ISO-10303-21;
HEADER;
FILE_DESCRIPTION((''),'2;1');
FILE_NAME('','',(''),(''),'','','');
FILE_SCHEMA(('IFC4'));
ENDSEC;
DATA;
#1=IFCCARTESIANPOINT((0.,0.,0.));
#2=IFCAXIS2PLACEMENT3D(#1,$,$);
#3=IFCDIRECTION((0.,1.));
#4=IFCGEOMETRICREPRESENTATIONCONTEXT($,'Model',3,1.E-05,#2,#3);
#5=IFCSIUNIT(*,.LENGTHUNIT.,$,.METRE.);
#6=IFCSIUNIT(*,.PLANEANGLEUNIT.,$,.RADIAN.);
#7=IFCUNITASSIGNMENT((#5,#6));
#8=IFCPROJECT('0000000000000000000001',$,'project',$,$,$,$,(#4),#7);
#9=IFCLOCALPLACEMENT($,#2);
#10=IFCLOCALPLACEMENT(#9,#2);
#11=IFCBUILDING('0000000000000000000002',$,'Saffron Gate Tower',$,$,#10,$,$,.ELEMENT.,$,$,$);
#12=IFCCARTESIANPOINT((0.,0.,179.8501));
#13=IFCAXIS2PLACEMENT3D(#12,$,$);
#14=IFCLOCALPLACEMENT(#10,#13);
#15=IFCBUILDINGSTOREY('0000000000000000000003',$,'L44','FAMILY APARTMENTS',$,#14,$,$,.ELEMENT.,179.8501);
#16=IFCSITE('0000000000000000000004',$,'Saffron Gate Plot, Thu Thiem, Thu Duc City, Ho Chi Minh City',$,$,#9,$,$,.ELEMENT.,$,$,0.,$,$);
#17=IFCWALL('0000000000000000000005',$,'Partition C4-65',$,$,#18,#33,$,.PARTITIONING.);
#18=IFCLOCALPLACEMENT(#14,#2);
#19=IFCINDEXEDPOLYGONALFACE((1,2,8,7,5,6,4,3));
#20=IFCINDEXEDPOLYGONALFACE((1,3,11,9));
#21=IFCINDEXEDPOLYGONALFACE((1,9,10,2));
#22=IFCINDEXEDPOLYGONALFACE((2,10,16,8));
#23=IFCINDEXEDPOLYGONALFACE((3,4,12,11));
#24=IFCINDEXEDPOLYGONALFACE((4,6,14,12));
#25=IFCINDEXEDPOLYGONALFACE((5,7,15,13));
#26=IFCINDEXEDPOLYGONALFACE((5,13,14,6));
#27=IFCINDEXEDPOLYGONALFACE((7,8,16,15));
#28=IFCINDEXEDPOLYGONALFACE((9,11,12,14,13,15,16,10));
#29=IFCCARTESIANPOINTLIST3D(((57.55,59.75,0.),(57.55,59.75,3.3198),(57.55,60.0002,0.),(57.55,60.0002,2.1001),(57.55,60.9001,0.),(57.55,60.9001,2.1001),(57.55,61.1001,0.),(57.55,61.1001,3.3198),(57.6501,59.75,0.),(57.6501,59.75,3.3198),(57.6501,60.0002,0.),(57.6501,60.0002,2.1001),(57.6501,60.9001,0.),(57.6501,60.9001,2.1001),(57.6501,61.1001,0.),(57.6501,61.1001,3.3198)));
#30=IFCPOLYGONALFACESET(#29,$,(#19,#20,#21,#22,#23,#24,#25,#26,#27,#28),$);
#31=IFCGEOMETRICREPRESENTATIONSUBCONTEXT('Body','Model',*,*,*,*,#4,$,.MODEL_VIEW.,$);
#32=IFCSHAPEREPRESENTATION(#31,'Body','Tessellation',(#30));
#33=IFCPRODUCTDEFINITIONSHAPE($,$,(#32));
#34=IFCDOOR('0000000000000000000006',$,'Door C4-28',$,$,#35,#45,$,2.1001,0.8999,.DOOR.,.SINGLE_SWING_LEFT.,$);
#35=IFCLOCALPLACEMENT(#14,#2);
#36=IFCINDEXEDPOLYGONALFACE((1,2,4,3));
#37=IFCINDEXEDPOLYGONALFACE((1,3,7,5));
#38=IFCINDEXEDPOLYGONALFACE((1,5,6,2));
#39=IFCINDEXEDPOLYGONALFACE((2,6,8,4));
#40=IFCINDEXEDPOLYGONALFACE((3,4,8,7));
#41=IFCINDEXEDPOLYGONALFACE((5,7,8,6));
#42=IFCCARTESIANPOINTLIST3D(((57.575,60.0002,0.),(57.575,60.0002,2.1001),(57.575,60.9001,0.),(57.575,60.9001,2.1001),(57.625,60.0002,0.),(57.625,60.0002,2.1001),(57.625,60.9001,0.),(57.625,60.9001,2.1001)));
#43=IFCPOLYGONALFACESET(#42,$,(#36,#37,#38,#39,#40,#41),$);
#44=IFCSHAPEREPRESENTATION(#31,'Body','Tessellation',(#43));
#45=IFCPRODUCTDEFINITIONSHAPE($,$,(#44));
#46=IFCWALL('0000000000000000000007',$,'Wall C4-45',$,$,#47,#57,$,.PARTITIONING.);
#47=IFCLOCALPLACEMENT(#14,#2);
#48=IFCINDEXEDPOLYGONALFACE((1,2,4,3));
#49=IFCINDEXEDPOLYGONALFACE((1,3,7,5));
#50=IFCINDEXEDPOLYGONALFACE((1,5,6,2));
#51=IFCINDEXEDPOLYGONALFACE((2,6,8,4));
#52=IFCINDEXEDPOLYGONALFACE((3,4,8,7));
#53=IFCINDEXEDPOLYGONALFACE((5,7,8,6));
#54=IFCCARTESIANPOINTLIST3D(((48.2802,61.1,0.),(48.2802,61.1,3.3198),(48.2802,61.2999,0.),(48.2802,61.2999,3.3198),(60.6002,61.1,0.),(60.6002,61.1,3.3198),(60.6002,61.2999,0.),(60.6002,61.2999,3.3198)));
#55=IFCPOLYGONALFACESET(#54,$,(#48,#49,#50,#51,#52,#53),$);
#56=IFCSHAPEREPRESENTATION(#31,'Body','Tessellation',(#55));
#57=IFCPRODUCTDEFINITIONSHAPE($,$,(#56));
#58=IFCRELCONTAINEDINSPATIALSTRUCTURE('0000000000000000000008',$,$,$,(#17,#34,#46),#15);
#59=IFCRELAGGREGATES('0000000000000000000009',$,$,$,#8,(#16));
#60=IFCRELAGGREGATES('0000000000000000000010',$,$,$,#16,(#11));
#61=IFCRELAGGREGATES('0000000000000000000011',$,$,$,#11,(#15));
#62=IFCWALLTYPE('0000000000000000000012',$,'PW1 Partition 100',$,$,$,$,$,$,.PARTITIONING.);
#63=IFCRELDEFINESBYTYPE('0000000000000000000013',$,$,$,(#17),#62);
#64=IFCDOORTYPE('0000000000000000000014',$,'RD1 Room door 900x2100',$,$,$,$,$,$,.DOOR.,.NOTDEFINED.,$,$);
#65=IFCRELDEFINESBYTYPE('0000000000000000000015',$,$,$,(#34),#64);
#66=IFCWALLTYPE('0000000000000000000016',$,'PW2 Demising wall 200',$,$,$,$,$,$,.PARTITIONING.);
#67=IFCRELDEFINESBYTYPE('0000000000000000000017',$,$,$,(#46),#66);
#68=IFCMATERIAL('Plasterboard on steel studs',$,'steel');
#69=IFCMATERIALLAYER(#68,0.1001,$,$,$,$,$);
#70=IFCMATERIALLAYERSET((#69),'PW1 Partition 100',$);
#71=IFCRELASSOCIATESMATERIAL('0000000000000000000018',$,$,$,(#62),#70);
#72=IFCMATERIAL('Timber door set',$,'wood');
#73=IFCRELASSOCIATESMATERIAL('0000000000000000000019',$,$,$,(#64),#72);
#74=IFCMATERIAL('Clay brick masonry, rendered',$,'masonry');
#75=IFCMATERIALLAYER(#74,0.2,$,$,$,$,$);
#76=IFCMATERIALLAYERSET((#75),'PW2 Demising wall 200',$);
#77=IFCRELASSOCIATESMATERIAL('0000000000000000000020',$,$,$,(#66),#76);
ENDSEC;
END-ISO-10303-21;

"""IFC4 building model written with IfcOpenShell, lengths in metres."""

from ifc_helpers import new_model, si_unit, direction, frame, frame_2d, origin, place, context, subcontext, project, spatial, rectangle, extrude, material, layer, layer_set, type_object, element, fill, save


model = new_model("IFC4")

# Units and contexts
model_context = context("Model", 3, precision=1e-05, world=origin(), true_north=direction((0.0, 1.0)))
body_context = subcontext(model_context, "Body", "Model", "MODEL_VIEW")
ifc_project = project(units=[si_unit("LENGTHUNIT", "METRE"), si_unit("PLANEANGLEUNIT", "RADIAN")], contexts=[model_context])

# Site, building, storey
site_placement = place(None, origin())
site = spatial("IfcSite", under=ifc_project, at=site_placement, Name="Saffron Gate Plot, Thu Thiem, Thu Duc City, Ho Chi Minh City", CompositionType="ELEMENT", RefElevation=0.0)
building_placement = place(site_placement, origin())
building = spatial("IfcBuilding", under=site, at=building_placement, Name="Saffron Gate Tower", CompositionType="ELEMENT")
storey_placement = place(building_placement, frame((0.0, 0.0, 179.8501)))
storey = spatial("IfcBuildingStorey", under=building, at=storey_placement, Name="L44", Description="FAMILY APARTMENTS", CompositionType="ELEMENT", Elevation=179.8501)

# Shared definitions
ifc_material_1 = material(Name="Plasterboard on steel studs", Category="steel")
ifc_layer_1 = layer(ifc_material_1, 0.1001)
ifc_layer_set_1 = layer_set([ifc_layer_1], Name="PW1 Partition 100")
wall_type_1 = type_object("IfcWallType", Name="PW1 Partition 100", PredefinedType="PARTITIONING", material=ifc_layer_set_1)

# Shared definitions
ifc_material_2 = material(Name="Timber door set", Category="wood")
door_type = type_object("IfcDoorType", Name="RD1 Room door 900x2100", OperationType="NOTDEFINED", PredefinedType="DOOR", material=ifc_material_2)

# Wall, opening, door
wall_1_placement = place(storey_placement, frame((57.6001, 61.1001, 0.0), z_axis=(0.0, 0.0, 1.0), x_axis=(0.0, -1.0, 0.0)))
wall_1 = element("IfcWall", 1, at=wall_1_placement, inside=storey, type_object=wall_type_1, Name="Partition C4-65", PredefinedType="PARTITIONING", context=body_context, shape_type="SweptSolid", body=[
    extrude(rectangle(XDim=1.3501, YDim=0.1001, at=frame_2d((0.675, 0.0))), origin(), (0.0, 0.0, 1.0), 3.3198),
])
opening_1_placement = place(wall_1_placement, frame((0.2, 0.0, 0.0)))
opening_1 = element("IfcOpeningElement", 2, at=opening_1_placement, cuts=wall_1, PredefinedType="OPENING", context=body_context, shape_type="SweptSolid", body=[
    extrude(rectangle(XDim=0.8999, YDim=2.1001, at=frame_2d((0.45, 1.05))), frame((0.0, 0.0601, 0.0), z_axis=(0.0, -1.0, 0.0), x_axis=(1.0, 0.0, 0.0)), (0.0, 0.0, 1.0), 0.1201),
])
door_1_placement = place(opening_1_placement, origin())
door_1 = element("IfcDoor", 3, at=door_1_placement, inside=storey, type_object=door_type, Name="Door C4-28", OperationType="SINGLE_SWING_LEFT", OverallHeight=2.1001, OverallWidth=0.8999, PredefinedType="DOOR", context=body_context, shape_type="SweptSolid", body=[
    extrude(rectangle(XDim=0.8999, YDim=2.1001, at=frame_2d((0.45, 1.05))), frame((0.0, 0.0249, 0.0), z_axis=(0.0, -1.0, 0.0), x_axis=(1.0, 0.0, 0.0)), (0.0, 0.0, 1.0), 0.05),
])
fill(opening_1, door_1)

# Wall
ifc_material_3 = material(Name="Clay brick masonry, rendered", Category="masonry")
ifc_layer_2 = layer(ifc_material_3, 0.2)
ifc_layer_set_2 = layer_set([ifc_layer_2], Name="PW2 Demising wall 200")
wall_type_2 = type_object("IfcWallType", Name="PW2 Demising wall 200", PredefinedType="PARTITIONING", material=ifc_layer_set_2)
wall_2_placement = place(storey_placement, frame((48.28, 61.2, 0.0), z_axis=(0.0, 0.0, 1.0), x_axis=(1.0, 0.0, 0.0)))
element("IfcWall", 4, at=wall_2_placement, inside=storey, type_object=wall_type_2, Name="Wall C4-45", PredefinedType="PARTITIONING", context=body_context, shape_type="SweptSolid", body=[
    extrude(rectangle(XDim=12.3201, YDim=0.2, at=frame_2d((6.1602, 0.0))), origin(), (0.0, 0.0, 1.0), 3.3198),
])

save(model, "model.ifc")
